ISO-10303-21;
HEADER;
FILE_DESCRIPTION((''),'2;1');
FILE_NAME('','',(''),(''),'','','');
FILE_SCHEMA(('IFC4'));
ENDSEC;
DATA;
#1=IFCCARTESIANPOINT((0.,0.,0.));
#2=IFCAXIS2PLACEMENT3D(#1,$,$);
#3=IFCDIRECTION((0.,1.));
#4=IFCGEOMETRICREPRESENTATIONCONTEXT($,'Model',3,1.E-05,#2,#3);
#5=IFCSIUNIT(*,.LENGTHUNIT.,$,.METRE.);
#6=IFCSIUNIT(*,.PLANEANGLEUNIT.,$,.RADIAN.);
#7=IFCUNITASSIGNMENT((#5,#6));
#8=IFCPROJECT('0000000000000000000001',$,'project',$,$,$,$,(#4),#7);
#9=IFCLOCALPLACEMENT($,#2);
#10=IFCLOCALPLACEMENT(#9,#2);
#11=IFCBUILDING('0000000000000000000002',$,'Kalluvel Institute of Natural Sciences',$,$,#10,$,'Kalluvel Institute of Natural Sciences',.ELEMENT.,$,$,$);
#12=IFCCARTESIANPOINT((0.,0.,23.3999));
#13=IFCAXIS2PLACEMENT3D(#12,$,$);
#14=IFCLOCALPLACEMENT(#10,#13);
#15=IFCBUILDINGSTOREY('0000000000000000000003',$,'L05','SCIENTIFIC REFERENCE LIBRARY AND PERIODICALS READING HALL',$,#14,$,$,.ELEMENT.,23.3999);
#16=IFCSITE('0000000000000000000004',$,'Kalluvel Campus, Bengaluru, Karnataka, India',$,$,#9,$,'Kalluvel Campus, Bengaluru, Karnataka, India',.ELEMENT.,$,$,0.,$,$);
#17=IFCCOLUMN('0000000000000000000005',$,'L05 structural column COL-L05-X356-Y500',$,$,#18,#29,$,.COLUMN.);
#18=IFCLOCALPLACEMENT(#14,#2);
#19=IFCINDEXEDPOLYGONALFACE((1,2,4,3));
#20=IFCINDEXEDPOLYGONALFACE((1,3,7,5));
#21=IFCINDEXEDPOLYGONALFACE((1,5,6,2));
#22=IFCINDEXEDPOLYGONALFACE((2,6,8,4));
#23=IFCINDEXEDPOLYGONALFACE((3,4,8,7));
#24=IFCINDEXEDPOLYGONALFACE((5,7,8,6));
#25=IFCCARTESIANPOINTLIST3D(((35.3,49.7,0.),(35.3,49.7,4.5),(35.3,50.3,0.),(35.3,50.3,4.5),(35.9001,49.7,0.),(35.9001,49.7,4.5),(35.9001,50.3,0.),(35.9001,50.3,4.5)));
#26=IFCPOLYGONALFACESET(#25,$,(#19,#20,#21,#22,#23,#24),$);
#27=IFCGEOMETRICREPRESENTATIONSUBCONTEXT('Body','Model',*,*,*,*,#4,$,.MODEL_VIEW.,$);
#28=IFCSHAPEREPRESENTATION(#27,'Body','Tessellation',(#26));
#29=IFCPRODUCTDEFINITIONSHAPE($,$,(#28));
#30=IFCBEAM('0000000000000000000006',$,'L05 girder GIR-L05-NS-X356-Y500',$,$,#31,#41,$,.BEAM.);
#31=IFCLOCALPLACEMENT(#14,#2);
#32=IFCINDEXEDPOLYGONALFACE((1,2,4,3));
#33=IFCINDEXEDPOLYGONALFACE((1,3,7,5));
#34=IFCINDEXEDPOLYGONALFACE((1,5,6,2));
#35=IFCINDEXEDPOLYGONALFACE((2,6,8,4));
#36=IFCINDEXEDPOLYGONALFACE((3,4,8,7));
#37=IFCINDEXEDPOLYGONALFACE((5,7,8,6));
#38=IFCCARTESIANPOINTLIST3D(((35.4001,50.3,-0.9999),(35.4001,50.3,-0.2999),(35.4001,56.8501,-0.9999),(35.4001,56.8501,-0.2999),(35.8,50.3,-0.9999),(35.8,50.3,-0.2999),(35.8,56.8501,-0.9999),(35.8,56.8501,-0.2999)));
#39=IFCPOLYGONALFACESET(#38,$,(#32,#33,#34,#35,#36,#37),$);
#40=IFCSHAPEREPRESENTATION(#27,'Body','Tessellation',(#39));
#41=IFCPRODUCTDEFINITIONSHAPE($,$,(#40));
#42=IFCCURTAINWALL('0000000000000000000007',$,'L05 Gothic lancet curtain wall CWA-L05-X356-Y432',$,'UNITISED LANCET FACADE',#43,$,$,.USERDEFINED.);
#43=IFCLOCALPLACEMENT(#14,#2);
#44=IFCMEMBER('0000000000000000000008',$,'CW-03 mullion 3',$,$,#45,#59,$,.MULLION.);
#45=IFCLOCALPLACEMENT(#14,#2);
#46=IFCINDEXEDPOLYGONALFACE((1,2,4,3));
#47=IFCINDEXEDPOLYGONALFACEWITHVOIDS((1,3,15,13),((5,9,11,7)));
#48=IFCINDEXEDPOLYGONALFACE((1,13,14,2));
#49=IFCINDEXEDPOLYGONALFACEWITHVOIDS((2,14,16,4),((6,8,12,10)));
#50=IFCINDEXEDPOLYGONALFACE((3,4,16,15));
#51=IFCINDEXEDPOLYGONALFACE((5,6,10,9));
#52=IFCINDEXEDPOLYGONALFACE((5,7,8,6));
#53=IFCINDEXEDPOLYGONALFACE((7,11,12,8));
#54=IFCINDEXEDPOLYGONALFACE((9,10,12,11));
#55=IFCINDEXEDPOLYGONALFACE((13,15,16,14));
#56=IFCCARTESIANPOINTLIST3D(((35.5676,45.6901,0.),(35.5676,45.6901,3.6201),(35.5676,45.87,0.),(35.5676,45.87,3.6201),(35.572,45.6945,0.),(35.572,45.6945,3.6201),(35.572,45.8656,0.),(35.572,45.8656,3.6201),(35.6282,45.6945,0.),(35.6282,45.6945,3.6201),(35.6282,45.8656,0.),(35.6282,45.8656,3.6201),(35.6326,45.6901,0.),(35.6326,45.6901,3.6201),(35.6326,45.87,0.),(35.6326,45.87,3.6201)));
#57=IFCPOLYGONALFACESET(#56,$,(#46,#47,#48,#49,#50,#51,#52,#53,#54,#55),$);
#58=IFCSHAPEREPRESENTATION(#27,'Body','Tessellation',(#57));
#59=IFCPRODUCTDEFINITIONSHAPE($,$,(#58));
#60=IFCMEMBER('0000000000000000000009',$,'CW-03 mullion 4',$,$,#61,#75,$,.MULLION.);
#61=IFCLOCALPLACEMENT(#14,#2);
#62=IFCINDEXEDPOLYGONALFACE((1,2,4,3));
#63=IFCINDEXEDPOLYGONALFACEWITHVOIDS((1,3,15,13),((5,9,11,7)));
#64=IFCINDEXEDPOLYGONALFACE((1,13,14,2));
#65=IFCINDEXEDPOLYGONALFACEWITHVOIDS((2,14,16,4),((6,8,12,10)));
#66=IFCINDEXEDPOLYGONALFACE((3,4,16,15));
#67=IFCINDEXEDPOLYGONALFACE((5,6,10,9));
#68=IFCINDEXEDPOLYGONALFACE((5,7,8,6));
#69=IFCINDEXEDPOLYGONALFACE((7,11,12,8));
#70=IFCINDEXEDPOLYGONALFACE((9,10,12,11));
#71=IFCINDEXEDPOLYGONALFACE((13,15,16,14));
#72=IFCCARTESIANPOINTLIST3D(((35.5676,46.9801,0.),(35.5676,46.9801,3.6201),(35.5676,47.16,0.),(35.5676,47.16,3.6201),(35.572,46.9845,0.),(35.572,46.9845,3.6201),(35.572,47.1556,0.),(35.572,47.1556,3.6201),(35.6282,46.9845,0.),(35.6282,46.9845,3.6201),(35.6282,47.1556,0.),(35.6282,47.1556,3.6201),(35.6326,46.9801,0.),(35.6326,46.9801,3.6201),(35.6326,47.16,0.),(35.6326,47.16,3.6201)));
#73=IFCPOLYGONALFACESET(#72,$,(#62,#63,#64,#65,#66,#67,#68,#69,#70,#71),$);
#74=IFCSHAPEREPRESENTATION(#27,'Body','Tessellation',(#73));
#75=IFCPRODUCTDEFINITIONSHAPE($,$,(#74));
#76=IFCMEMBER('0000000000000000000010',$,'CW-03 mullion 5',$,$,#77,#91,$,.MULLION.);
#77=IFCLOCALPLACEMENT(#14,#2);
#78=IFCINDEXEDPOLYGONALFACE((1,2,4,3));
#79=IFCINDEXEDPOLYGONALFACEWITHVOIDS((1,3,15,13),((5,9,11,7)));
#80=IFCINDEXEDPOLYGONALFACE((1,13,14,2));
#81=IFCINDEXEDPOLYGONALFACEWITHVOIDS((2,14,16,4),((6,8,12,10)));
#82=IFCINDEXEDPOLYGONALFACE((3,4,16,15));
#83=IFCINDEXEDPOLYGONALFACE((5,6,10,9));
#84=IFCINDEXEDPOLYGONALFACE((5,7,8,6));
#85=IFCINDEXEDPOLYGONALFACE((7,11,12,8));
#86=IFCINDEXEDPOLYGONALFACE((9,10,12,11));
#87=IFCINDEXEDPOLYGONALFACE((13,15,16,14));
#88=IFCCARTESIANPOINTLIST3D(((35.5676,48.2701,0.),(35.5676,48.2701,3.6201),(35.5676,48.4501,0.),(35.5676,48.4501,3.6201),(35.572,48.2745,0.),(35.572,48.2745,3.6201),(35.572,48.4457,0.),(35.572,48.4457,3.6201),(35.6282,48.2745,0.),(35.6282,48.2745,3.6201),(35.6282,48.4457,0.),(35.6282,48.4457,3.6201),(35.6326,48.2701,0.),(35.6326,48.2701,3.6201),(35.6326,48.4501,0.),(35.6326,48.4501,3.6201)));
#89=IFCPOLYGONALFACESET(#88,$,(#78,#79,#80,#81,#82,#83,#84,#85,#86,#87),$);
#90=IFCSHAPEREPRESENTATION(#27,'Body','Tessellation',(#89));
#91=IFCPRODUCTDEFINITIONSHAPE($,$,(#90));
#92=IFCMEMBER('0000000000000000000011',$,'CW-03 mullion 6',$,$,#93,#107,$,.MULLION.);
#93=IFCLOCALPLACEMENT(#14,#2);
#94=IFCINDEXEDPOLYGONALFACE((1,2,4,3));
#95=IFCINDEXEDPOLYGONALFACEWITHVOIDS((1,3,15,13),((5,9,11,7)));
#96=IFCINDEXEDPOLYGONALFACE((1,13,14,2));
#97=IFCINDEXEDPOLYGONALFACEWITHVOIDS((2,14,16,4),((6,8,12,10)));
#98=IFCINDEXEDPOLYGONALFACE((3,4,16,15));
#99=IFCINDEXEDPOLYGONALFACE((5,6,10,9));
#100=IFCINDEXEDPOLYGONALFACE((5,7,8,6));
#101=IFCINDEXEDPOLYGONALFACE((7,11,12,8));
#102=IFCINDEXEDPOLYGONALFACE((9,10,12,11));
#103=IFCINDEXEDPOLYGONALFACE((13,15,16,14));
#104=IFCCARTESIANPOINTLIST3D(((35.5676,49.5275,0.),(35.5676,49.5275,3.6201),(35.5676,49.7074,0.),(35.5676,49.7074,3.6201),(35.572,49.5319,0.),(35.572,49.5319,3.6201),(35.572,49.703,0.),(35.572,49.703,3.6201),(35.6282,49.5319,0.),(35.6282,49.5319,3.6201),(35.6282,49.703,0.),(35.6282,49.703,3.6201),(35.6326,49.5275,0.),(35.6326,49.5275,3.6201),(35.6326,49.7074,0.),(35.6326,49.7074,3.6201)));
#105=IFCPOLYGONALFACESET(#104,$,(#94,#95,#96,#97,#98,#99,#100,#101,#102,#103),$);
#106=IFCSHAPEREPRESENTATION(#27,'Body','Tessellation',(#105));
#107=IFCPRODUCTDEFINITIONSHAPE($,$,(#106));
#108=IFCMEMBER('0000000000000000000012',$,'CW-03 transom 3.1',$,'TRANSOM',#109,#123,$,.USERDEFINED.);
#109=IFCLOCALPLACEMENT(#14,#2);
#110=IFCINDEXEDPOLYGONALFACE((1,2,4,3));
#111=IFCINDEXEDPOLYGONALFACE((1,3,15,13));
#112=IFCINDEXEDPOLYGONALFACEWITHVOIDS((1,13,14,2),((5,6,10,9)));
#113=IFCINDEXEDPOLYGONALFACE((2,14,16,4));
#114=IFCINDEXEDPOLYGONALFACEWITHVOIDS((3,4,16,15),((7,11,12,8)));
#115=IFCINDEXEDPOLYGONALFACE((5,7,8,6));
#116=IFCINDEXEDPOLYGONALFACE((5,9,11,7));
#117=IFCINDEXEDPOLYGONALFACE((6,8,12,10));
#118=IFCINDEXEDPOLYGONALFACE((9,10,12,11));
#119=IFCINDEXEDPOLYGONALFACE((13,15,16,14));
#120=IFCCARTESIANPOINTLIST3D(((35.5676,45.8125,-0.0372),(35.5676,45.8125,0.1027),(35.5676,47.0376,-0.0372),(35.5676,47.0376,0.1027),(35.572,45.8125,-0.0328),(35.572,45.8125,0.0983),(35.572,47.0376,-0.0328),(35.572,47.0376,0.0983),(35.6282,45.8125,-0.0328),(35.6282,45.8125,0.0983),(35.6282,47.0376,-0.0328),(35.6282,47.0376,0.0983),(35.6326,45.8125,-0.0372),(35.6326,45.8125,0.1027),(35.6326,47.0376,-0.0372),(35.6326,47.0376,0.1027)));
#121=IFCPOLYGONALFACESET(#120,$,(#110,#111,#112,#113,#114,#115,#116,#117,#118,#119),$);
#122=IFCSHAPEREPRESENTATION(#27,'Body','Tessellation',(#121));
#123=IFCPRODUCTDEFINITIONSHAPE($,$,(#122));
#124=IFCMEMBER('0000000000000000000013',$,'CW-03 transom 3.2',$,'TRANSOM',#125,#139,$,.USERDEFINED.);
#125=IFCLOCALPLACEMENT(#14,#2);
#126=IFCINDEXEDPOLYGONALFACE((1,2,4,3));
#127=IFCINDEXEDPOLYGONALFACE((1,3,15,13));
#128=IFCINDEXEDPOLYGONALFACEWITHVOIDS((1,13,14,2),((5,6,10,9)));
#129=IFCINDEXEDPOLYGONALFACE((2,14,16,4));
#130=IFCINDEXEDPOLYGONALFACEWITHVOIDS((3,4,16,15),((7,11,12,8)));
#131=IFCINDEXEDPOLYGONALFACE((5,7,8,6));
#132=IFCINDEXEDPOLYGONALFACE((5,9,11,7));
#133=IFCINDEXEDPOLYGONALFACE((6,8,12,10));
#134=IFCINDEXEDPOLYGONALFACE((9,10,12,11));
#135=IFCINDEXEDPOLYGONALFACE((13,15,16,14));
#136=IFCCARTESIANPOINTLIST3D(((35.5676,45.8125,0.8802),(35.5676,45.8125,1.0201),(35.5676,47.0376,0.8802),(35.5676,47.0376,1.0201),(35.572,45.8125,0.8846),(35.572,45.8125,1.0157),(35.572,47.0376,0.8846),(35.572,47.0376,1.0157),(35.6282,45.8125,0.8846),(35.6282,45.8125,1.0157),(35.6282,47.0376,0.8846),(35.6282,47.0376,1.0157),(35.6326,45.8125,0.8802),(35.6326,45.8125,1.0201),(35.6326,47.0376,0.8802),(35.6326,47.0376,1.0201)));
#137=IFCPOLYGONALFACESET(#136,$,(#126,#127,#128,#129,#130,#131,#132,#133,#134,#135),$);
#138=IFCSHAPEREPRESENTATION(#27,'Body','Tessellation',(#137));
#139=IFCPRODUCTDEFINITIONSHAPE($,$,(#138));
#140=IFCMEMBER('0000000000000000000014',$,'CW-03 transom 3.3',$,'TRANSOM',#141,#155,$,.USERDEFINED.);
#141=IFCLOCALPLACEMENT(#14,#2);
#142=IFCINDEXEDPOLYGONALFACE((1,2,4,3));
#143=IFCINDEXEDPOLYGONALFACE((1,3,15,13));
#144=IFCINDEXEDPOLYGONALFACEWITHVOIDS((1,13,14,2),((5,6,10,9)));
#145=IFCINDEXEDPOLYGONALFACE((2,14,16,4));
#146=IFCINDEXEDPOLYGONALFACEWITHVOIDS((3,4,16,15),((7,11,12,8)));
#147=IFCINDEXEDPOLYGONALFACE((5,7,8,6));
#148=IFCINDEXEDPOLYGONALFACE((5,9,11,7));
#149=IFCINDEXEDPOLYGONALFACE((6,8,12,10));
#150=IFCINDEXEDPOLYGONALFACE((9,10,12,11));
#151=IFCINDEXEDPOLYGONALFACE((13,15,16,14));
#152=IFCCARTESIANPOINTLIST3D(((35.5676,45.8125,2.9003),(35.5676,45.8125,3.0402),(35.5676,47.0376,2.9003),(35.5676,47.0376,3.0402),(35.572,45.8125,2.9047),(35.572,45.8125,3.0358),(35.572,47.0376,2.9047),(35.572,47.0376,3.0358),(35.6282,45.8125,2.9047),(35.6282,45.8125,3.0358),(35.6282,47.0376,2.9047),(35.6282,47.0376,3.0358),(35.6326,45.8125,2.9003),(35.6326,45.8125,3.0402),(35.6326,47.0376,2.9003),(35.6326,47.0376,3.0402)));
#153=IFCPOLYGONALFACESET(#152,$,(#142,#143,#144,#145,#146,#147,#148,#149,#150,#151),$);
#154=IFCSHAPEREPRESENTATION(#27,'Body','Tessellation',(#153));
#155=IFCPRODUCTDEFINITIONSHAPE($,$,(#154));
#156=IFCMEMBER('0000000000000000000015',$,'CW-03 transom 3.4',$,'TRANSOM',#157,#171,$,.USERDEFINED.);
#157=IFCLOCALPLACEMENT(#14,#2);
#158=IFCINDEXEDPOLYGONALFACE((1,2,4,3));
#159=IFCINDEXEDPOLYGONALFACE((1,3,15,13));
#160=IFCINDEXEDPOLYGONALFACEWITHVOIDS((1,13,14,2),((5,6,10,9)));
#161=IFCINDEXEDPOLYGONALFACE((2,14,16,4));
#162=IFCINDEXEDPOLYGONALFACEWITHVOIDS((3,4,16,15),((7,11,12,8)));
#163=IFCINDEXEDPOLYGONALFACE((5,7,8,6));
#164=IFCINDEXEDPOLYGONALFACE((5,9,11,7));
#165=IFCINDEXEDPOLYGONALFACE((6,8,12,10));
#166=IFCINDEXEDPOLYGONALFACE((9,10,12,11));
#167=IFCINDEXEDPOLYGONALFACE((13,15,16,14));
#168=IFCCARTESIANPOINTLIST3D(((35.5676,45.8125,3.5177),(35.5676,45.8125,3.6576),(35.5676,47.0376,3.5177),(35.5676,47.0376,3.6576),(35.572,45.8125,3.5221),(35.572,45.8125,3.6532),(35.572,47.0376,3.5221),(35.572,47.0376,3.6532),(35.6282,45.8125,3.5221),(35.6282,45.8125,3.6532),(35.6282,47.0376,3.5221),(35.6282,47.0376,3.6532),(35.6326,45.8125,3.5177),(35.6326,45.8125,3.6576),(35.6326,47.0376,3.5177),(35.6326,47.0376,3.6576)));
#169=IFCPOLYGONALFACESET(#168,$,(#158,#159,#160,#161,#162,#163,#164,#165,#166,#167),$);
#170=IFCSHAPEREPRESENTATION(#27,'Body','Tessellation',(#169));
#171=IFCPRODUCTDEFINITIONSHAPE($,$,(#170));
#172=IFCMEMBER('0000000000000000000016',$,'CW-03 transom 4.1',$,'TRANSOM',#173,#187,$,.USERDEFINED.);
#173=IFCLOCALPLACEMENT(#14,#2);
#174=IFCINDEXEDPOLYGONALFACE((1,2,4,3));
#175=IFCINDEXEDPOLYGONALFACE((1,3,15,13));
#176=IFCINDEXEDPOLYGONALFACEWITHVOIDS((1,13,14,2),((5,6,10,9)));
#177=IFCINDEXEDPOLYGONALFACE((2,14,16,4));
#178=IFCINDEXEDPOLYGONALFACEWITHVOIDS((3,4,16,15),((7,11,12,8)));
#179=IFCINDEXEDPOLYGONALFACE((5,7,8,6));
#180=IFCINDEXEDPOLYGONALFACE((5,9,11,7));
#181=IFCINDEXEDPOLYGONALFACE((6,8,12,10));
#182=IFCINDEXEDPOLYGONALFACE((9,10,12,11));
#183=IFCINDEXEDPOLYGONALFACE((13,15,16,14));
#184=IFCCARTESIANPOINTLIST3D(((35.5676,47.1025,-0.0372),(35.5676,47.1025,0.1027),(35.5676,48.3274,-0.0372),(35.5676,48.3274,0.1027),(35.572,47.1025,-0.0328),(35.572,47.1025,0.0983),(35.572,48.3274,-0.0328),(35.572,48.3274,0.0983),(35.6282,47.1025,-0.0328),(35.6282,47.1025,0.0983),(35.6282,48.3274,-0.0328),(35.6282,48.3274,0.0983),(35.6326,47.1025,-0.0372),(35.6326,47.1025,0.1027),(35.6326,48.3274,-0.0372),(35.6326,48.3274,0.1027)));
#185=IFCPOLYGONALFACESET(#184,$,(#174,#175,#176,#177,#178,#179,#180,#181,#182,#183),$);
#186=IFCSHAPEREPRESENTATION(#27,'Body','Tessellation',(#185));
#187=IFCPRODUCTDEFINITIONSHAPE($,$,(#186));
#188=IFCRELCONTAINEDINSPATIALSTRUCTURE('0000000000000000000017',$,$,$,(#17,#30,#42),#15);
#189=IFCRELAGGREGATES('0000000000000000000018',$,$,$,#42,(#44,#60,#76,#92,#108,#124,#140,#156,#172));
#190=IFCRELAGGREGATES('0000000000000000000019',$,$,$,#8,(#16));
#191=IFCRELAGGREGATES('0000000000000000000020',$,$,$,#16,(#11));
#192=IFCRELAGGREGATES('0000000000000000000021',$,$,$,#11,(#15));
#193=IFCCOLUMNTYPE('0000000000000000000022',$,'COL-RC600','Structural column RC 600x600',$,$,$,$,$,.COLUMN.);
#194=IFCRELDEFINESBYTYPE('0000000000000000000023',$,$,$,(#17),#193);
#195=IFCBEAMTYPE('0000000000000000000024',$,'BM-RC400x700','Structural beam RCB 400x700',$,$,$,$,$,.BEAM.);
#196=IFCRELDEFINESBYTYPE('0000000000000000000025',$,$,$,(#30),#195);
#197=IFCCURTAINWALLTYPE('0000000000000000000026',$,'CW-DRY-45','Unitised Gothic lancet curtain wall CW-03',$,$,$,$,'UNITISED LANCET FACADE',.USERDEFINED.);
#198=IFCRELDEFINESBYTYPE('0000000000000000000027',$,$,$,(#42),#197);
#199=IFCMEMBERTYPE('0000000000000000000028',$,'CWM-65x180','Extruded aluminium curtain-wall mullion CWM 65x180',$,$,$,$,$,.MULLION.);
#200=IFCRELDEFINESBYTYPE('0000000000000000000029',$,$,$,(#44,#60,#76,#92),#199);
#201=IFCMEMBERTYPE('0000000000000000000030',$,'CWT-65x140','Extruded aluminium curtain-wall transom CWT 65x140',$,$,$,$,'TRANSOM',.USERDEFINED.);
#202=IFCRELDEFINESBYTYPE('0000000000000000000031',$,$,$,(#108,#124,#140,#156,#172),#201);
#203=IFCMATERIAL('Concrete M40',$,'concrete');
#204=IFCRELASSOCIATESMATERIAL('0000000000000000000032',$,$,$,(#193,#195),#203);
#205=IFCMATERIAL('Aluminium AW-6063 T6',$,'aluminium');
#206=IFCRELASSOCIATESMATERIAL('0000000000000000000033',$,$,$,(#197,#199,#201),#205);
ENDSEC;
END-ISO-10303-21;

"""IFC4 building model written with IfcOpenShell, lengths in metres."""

from ifc_helpers import new_model, si_unit, direction, frame, origin, origin_2d, place, context, subcontext, project, spatial, rectangle, hollow_rectangle, extrude, material, material_profile, profile_set, type_object, element, aggregate, save


model = new_model("IFC4")

# Units and contexts
model_context = context("Model", 3, precision=1e-05, world=origin(), true_north=direction((0.0, 1.0)))
body_context = subcontext(model_context, "Body", "Model", "MODEL_VIEW")
ifc_project = project(units=[si_unit("LENGTHUNIT", "METRE"), si_unit("PLANEANGLEUNIT", "RADIAN")], contexts=[model_context])

# Site, building, storey
site_placement = place(None, origin())
site = spatial("IfcSite", under=ifc_project, at=site_placement, Name="Kalluvel Campus, Bengaluru, Karnataka, India", LongName="Kalluvel Campus, Bengaluru, Karnataka, India", CompositionType="ELEMENT", RefElevation=0.0)
building_placement = place(site_placement, origin())
building = spatial("IfcBuilding", under=site, at=building_placement, Name="Kalluvel Institute of Natural Sciences", LongName="Kalluvel Institute of Natural Sciences", CompositionType="ELEMENT")
storey_placement = place(building_placement, frame((0.0, 0.0, 23.3999)))
storey = spatial("IfcBuildingStorey", under=building, at=storey_placement, Name="L05", Description="SCIENTIFIC REFERENCE LIBRARY AND PERIODICALS READING HALL", CompositionType="ELEMENT", Elevation=23.3999)

# Column
ifc_material_1 = material(Name="Concrete M40", Category="concrete")
ifc_material_profile_1 = material_profile(ifc_material_1, rectangle(XDim=0.6001, YDim=0.6001, at=origin_2d()), Name="RC 600x600")
ifc_profile_set_1 = profile_set([ifc_material_profile_1], Name="Concrete M40")
column_type = type_object("IfcColumnType", Name="COL-RC600", Description="Structural column RC 600x600", PredefinedType="COLUMN", material=ifc_profile_set_1)
column_placement = place(storey_placement, frame((35.6001, 50.0, 0.0), z_axis=(0.0, 0.0, 1.0), x_axis=(1.0, 0.0, 0.0)))
element("IfcColumn", 1, at=column_placement, inside=storey, type_object=column_type, Name="L05 structural column COL-L05-X356-Y500", PredefinedType="COLUMN", context=body_context, shape_type="SweptSolid", body=[
    extrude(rectangle(XDim=0.6001, YDim=0.6001, at=origin_2d()), origin(), (0.0, 0.0, 1.0), 4.5),
])

# Beam
ifc_material_profile_2 = material_profile(ifc_material_1, rectangle(XDim=0.3999, YDim=0.7, at=origin_2d()), Name="RCB 400x700")
ifc_profile_set_2 = profile_set([ifc_material_profile_2], Name="Concrete M40")
beam_type = type_object("IfcBeamType", Name="BM-RC400x700", Description="Structural beam RCB 400x700", PredefinedType="BEAM", material=ifc_profile_set_2)
beam_placement = place(storey_placement, frame((35.6001, 50.3, -0.6499), z_axis=(0.0, 1.0, 0.0), x_axis=(-1.0, 0.0, 0.0)))
element("IfcBeam", 2, at=beam_placement, inside=storey, type_object=beam_type, Name="L05 girder GIR-L05-NS-X356-Y500", PredefinedType="BEAM", context=body_context, shape_type="SweptSolid", body=[
    extrude(rectangle(XDim=0.3999, YDim=0.7, at=origin_2d()), origin(), (0.0, 0.0, 1.0), 6.55),
])

# Curtain wall, members
ifc_material_2 = material(Name="Aluminium AW-6063 T6", Category="aluminium")
curtain_wall_type = type_object("IfcCurtainWallType", Name="CW-DRY-45", Description="Unitised Gothic lancet curtain wall CW-03", ElementType="UNITISED LANCET FACADE", PredefinedType="USERDEFINED", material=ifc_material_2)
curtain_wall_placement = place(storey_placement, origin())
curtain_wall = element("IfcCurtainWall", 3, at=curtain_wall_placement, inside=storey, type_object=curtain_wall_type, Name="L05 Gothic lancet curtain wall CWA-L05-X356-Y432", ObjectType="UNITISED LANCET FACADE", PredefinedType="USERDEFINED")
ifc_material_profile_3 = material_profile(ifc_material_2, hollow_rectangle(XDim=0.0649, YDim=0.1799, WallThickness=0.0044, at=origin_2d()), Name="CWM 65x180")
ifc_profile_set_3 = profile_set([ifc_material_profile_3], Name="Aluminium AW-6063 T6")
member_type_1 = type_object("IfcMemberType", Name="CWM-65x180", Description="Extruded aluminium curtain-wall mullion CWM 65x180", PredefinedType="MULLION", material=ifc_profile_set_3)
member_1_placement = place(storey_placement, frame((35.6001, 45.78, 0.0), z_axis=(0.0, 0.0, 1.0), x_axis=(-1.0, 0.0, 0.0)))
member_1 = element("IfcMember", 4, at=member_1_placement, type_object=member_type_1, Name="CW-03 mullion 3", PredefinedType="MULLION", context=body_context, shape_type="SweptSolid", body=[
    extrude(hollow_rectangle(XDim=0.0649, YDim=0.1799, WallThickness=0.0044, at=origin_2d()), origin(), (0.0, 0.0, 1.0), 3.6201),
])
member_2_placement = place(storey_placement, frame((35.6001, 47.0701, 0.0), z_axis=(0.0, 0.0, 1.0), x_axis=(-1.0, 0.0, 0.0)))
member_2 = element("IfcMember", 5, at=member_2_placement, type_object=member_type_1, Name="CW-03 mullion 4", PredefinedType="MULLION", context=body_context, shape_type="SweptSolid", body=[
    extrude(hollow_rectangle(XDim=0.0649, YDim=0.1799, WallThickness=0.0044, at=origin_2d()), origin(), (0.0, 0.0, 1.0), 3.6201),
])
member_3_placement = place(storey_placement, frame((35.6001, 48.3601, 0.0), z_axis=(0.0, 0.0, 1.0), x_axis=(-1.0, 0.0, 0.0)))
member_3 = element("IfcMember", 6, at=member_3_placement, type_object=member_type_1, Name="CW-03 mullion 5", PredefinedType="MULLION", context=body_context, shape_type="SweptSolid", body=[
    extrude(hollow_rectangle(XDim=0.0649, YDim=0.1799, WallThickness=0.0044, at=origin_2d()), origin(), (0.0, 0.0, 1.0), 3.6201),
])
member_4_placement = place(storey_placement, frame((35.6001, 49.6174, 0.0), z_axis=(0.0, 0.0, 1.0), x_axis=(-1.0, 0.0, 0.0)))
member_4 = element("IfcMember", 7, at=member_4_placement, type_object=member_type_1, Name="CW-03 mullion 6", PredefinedType="MULLION", context=body_context, shape_type="SweptSolid", body=[
    extrude(hollow_rectangle(XDim=0.0649, YDim=0.1799, WallThickness=0.0044, at=origin_2d()), origin(), (0.0, 0.0, 1.0), 3.6201),
])
ifc_material_profile_4 = material_profile(ifc_material_2, hollow_rectangle(XDim=0.0649, YDim=0.1399, WallThickness=0.0044, at=origin_2d()), Name="CWT 65x140")
ifc_profile_set_4 = profile_set([ifc_material_profile_4], Name="Aluminium AW-6063 T6")
member_type_2 = type_object("IfcMemberType", Name="CWT-65x140", Description="Extruded aluminium curtain-wall transom CWT 65x140", ElementType="TRANSOM", PredefinedType="USERDEFINED", material=ifc_profile_set_4)
member_5_placement = place(storey_placement, frame((35.6001, 45.8125, 0.0327), z_axis=(0.0, 1.0, 0.0), x_axis=(-1.0, 0.0, 0.0)))
member_5 = element("IfcMember", 8, at=member_5_placement, type_object=member_type_2, Name="CW-03 transom 3.1", ObjectType="TRANSOM", PredefinedType="USERDEFINED", context=body_context, shape_type="SweptSolid", body=[
    extrude(hollow_rectangle(XDim=0.0649, YDim=0.1399, WallThickness=0.0044, at=origin_2d()), origin(), (0.0, 0.0, 1.0), 1.2251),
])
member_6_placement = place(storey_placement, frame((35.6001, 45.8125, 0.9502), z_axis=(0.0, 1.0, 0.0), x_axis=(-1.0, 0.0, 0.0)))
member_6 = element("IfcMember", 9, at=member_6_placement, type_object=member_type_2, Name="CW-03 transom 3.2", ObjectType="TRANSOM", PredefinedType="USERDEFINED", context=body_context, shape_type="SweptSolid", body=[
    extrude(hollow_rectangle(XDim=0.0649, YDim=0.1399, WallThickness=0.0044, at=origin_2d()), origin(), (0.0, 0.0, 1.0), 1.2251),
])
member_7_placement = place(storey_placement, frame((35.6001, 45.8125, 2.9702), z_axis=(0.0, 1.0, 0.0), x_axis=(-1.0, 0.0, 0.0)))
member_7 = element("IfcMember", 10, at=member_7_placement, type_object=member_type_2, Name="CW-03 transom 3.3", ObjectType="TRANSOM", PredefinedType="USERDEFINED", context=body_context, shape_type="SweptSolid", body=[
    extrude(hollow_rectangle(XDim=0.0649, YDim=0.1399, WallThickness=0.0044, at=origin_2d()), origin(), (0.0, 0.0, 1.0), 1.2251),
])
member_8_placement = place(storey_placement, frame((35.6001, 45.8125, 3.5876), z_axis=(0.0, 1.0, 0.0), x_axis=(-1.0, 0.0, 0.0)))
member_8 = element("IfcMember", 11, at=member_8_placement, type_object=member_type_2, Name="CW-03 transom 3.4", ObjectType="TRANSOM", PredefinedType="USERDEFINED", context=body_context, shape_type="SweptSolid", body=[
    extrude(hollow_rectangle(XDim=0.0649, YDim=0.1399, WallThickness=0.0044, at=origin_2d()), origin(), (0.0, 0.0, 1.0), 1.2251),
])
member_9_placement = place(storey_placement, frame((35.6001, 47.1025, 0.0327), z_axis=(0.0, 1.0, 0.0), x_axis=(-1.0, 0.0, 0.0)))
member_9 = element("IfcMember", 12, at=member_9_placement, type_object=member_type_2, Name="CW-03 transom 4.1", ObjectType="TRANSOM", PredefinedType="USERDEFINED", context=body_context, shape_type="SweptSolid", body=[
    extrude(hollow_rectangle(XDim=0.0649, YDim=0.1399, WallThickness=0.0044, at=origin_2d()), origin(), (0.0, 0.0, 1.0), 1.2249),
])
aggregate(curtain_wall, [member_1, member_2, member_3, member_4, member_5, member_6, member_7, member_8, member_9])

save(model, "model.ifc")
